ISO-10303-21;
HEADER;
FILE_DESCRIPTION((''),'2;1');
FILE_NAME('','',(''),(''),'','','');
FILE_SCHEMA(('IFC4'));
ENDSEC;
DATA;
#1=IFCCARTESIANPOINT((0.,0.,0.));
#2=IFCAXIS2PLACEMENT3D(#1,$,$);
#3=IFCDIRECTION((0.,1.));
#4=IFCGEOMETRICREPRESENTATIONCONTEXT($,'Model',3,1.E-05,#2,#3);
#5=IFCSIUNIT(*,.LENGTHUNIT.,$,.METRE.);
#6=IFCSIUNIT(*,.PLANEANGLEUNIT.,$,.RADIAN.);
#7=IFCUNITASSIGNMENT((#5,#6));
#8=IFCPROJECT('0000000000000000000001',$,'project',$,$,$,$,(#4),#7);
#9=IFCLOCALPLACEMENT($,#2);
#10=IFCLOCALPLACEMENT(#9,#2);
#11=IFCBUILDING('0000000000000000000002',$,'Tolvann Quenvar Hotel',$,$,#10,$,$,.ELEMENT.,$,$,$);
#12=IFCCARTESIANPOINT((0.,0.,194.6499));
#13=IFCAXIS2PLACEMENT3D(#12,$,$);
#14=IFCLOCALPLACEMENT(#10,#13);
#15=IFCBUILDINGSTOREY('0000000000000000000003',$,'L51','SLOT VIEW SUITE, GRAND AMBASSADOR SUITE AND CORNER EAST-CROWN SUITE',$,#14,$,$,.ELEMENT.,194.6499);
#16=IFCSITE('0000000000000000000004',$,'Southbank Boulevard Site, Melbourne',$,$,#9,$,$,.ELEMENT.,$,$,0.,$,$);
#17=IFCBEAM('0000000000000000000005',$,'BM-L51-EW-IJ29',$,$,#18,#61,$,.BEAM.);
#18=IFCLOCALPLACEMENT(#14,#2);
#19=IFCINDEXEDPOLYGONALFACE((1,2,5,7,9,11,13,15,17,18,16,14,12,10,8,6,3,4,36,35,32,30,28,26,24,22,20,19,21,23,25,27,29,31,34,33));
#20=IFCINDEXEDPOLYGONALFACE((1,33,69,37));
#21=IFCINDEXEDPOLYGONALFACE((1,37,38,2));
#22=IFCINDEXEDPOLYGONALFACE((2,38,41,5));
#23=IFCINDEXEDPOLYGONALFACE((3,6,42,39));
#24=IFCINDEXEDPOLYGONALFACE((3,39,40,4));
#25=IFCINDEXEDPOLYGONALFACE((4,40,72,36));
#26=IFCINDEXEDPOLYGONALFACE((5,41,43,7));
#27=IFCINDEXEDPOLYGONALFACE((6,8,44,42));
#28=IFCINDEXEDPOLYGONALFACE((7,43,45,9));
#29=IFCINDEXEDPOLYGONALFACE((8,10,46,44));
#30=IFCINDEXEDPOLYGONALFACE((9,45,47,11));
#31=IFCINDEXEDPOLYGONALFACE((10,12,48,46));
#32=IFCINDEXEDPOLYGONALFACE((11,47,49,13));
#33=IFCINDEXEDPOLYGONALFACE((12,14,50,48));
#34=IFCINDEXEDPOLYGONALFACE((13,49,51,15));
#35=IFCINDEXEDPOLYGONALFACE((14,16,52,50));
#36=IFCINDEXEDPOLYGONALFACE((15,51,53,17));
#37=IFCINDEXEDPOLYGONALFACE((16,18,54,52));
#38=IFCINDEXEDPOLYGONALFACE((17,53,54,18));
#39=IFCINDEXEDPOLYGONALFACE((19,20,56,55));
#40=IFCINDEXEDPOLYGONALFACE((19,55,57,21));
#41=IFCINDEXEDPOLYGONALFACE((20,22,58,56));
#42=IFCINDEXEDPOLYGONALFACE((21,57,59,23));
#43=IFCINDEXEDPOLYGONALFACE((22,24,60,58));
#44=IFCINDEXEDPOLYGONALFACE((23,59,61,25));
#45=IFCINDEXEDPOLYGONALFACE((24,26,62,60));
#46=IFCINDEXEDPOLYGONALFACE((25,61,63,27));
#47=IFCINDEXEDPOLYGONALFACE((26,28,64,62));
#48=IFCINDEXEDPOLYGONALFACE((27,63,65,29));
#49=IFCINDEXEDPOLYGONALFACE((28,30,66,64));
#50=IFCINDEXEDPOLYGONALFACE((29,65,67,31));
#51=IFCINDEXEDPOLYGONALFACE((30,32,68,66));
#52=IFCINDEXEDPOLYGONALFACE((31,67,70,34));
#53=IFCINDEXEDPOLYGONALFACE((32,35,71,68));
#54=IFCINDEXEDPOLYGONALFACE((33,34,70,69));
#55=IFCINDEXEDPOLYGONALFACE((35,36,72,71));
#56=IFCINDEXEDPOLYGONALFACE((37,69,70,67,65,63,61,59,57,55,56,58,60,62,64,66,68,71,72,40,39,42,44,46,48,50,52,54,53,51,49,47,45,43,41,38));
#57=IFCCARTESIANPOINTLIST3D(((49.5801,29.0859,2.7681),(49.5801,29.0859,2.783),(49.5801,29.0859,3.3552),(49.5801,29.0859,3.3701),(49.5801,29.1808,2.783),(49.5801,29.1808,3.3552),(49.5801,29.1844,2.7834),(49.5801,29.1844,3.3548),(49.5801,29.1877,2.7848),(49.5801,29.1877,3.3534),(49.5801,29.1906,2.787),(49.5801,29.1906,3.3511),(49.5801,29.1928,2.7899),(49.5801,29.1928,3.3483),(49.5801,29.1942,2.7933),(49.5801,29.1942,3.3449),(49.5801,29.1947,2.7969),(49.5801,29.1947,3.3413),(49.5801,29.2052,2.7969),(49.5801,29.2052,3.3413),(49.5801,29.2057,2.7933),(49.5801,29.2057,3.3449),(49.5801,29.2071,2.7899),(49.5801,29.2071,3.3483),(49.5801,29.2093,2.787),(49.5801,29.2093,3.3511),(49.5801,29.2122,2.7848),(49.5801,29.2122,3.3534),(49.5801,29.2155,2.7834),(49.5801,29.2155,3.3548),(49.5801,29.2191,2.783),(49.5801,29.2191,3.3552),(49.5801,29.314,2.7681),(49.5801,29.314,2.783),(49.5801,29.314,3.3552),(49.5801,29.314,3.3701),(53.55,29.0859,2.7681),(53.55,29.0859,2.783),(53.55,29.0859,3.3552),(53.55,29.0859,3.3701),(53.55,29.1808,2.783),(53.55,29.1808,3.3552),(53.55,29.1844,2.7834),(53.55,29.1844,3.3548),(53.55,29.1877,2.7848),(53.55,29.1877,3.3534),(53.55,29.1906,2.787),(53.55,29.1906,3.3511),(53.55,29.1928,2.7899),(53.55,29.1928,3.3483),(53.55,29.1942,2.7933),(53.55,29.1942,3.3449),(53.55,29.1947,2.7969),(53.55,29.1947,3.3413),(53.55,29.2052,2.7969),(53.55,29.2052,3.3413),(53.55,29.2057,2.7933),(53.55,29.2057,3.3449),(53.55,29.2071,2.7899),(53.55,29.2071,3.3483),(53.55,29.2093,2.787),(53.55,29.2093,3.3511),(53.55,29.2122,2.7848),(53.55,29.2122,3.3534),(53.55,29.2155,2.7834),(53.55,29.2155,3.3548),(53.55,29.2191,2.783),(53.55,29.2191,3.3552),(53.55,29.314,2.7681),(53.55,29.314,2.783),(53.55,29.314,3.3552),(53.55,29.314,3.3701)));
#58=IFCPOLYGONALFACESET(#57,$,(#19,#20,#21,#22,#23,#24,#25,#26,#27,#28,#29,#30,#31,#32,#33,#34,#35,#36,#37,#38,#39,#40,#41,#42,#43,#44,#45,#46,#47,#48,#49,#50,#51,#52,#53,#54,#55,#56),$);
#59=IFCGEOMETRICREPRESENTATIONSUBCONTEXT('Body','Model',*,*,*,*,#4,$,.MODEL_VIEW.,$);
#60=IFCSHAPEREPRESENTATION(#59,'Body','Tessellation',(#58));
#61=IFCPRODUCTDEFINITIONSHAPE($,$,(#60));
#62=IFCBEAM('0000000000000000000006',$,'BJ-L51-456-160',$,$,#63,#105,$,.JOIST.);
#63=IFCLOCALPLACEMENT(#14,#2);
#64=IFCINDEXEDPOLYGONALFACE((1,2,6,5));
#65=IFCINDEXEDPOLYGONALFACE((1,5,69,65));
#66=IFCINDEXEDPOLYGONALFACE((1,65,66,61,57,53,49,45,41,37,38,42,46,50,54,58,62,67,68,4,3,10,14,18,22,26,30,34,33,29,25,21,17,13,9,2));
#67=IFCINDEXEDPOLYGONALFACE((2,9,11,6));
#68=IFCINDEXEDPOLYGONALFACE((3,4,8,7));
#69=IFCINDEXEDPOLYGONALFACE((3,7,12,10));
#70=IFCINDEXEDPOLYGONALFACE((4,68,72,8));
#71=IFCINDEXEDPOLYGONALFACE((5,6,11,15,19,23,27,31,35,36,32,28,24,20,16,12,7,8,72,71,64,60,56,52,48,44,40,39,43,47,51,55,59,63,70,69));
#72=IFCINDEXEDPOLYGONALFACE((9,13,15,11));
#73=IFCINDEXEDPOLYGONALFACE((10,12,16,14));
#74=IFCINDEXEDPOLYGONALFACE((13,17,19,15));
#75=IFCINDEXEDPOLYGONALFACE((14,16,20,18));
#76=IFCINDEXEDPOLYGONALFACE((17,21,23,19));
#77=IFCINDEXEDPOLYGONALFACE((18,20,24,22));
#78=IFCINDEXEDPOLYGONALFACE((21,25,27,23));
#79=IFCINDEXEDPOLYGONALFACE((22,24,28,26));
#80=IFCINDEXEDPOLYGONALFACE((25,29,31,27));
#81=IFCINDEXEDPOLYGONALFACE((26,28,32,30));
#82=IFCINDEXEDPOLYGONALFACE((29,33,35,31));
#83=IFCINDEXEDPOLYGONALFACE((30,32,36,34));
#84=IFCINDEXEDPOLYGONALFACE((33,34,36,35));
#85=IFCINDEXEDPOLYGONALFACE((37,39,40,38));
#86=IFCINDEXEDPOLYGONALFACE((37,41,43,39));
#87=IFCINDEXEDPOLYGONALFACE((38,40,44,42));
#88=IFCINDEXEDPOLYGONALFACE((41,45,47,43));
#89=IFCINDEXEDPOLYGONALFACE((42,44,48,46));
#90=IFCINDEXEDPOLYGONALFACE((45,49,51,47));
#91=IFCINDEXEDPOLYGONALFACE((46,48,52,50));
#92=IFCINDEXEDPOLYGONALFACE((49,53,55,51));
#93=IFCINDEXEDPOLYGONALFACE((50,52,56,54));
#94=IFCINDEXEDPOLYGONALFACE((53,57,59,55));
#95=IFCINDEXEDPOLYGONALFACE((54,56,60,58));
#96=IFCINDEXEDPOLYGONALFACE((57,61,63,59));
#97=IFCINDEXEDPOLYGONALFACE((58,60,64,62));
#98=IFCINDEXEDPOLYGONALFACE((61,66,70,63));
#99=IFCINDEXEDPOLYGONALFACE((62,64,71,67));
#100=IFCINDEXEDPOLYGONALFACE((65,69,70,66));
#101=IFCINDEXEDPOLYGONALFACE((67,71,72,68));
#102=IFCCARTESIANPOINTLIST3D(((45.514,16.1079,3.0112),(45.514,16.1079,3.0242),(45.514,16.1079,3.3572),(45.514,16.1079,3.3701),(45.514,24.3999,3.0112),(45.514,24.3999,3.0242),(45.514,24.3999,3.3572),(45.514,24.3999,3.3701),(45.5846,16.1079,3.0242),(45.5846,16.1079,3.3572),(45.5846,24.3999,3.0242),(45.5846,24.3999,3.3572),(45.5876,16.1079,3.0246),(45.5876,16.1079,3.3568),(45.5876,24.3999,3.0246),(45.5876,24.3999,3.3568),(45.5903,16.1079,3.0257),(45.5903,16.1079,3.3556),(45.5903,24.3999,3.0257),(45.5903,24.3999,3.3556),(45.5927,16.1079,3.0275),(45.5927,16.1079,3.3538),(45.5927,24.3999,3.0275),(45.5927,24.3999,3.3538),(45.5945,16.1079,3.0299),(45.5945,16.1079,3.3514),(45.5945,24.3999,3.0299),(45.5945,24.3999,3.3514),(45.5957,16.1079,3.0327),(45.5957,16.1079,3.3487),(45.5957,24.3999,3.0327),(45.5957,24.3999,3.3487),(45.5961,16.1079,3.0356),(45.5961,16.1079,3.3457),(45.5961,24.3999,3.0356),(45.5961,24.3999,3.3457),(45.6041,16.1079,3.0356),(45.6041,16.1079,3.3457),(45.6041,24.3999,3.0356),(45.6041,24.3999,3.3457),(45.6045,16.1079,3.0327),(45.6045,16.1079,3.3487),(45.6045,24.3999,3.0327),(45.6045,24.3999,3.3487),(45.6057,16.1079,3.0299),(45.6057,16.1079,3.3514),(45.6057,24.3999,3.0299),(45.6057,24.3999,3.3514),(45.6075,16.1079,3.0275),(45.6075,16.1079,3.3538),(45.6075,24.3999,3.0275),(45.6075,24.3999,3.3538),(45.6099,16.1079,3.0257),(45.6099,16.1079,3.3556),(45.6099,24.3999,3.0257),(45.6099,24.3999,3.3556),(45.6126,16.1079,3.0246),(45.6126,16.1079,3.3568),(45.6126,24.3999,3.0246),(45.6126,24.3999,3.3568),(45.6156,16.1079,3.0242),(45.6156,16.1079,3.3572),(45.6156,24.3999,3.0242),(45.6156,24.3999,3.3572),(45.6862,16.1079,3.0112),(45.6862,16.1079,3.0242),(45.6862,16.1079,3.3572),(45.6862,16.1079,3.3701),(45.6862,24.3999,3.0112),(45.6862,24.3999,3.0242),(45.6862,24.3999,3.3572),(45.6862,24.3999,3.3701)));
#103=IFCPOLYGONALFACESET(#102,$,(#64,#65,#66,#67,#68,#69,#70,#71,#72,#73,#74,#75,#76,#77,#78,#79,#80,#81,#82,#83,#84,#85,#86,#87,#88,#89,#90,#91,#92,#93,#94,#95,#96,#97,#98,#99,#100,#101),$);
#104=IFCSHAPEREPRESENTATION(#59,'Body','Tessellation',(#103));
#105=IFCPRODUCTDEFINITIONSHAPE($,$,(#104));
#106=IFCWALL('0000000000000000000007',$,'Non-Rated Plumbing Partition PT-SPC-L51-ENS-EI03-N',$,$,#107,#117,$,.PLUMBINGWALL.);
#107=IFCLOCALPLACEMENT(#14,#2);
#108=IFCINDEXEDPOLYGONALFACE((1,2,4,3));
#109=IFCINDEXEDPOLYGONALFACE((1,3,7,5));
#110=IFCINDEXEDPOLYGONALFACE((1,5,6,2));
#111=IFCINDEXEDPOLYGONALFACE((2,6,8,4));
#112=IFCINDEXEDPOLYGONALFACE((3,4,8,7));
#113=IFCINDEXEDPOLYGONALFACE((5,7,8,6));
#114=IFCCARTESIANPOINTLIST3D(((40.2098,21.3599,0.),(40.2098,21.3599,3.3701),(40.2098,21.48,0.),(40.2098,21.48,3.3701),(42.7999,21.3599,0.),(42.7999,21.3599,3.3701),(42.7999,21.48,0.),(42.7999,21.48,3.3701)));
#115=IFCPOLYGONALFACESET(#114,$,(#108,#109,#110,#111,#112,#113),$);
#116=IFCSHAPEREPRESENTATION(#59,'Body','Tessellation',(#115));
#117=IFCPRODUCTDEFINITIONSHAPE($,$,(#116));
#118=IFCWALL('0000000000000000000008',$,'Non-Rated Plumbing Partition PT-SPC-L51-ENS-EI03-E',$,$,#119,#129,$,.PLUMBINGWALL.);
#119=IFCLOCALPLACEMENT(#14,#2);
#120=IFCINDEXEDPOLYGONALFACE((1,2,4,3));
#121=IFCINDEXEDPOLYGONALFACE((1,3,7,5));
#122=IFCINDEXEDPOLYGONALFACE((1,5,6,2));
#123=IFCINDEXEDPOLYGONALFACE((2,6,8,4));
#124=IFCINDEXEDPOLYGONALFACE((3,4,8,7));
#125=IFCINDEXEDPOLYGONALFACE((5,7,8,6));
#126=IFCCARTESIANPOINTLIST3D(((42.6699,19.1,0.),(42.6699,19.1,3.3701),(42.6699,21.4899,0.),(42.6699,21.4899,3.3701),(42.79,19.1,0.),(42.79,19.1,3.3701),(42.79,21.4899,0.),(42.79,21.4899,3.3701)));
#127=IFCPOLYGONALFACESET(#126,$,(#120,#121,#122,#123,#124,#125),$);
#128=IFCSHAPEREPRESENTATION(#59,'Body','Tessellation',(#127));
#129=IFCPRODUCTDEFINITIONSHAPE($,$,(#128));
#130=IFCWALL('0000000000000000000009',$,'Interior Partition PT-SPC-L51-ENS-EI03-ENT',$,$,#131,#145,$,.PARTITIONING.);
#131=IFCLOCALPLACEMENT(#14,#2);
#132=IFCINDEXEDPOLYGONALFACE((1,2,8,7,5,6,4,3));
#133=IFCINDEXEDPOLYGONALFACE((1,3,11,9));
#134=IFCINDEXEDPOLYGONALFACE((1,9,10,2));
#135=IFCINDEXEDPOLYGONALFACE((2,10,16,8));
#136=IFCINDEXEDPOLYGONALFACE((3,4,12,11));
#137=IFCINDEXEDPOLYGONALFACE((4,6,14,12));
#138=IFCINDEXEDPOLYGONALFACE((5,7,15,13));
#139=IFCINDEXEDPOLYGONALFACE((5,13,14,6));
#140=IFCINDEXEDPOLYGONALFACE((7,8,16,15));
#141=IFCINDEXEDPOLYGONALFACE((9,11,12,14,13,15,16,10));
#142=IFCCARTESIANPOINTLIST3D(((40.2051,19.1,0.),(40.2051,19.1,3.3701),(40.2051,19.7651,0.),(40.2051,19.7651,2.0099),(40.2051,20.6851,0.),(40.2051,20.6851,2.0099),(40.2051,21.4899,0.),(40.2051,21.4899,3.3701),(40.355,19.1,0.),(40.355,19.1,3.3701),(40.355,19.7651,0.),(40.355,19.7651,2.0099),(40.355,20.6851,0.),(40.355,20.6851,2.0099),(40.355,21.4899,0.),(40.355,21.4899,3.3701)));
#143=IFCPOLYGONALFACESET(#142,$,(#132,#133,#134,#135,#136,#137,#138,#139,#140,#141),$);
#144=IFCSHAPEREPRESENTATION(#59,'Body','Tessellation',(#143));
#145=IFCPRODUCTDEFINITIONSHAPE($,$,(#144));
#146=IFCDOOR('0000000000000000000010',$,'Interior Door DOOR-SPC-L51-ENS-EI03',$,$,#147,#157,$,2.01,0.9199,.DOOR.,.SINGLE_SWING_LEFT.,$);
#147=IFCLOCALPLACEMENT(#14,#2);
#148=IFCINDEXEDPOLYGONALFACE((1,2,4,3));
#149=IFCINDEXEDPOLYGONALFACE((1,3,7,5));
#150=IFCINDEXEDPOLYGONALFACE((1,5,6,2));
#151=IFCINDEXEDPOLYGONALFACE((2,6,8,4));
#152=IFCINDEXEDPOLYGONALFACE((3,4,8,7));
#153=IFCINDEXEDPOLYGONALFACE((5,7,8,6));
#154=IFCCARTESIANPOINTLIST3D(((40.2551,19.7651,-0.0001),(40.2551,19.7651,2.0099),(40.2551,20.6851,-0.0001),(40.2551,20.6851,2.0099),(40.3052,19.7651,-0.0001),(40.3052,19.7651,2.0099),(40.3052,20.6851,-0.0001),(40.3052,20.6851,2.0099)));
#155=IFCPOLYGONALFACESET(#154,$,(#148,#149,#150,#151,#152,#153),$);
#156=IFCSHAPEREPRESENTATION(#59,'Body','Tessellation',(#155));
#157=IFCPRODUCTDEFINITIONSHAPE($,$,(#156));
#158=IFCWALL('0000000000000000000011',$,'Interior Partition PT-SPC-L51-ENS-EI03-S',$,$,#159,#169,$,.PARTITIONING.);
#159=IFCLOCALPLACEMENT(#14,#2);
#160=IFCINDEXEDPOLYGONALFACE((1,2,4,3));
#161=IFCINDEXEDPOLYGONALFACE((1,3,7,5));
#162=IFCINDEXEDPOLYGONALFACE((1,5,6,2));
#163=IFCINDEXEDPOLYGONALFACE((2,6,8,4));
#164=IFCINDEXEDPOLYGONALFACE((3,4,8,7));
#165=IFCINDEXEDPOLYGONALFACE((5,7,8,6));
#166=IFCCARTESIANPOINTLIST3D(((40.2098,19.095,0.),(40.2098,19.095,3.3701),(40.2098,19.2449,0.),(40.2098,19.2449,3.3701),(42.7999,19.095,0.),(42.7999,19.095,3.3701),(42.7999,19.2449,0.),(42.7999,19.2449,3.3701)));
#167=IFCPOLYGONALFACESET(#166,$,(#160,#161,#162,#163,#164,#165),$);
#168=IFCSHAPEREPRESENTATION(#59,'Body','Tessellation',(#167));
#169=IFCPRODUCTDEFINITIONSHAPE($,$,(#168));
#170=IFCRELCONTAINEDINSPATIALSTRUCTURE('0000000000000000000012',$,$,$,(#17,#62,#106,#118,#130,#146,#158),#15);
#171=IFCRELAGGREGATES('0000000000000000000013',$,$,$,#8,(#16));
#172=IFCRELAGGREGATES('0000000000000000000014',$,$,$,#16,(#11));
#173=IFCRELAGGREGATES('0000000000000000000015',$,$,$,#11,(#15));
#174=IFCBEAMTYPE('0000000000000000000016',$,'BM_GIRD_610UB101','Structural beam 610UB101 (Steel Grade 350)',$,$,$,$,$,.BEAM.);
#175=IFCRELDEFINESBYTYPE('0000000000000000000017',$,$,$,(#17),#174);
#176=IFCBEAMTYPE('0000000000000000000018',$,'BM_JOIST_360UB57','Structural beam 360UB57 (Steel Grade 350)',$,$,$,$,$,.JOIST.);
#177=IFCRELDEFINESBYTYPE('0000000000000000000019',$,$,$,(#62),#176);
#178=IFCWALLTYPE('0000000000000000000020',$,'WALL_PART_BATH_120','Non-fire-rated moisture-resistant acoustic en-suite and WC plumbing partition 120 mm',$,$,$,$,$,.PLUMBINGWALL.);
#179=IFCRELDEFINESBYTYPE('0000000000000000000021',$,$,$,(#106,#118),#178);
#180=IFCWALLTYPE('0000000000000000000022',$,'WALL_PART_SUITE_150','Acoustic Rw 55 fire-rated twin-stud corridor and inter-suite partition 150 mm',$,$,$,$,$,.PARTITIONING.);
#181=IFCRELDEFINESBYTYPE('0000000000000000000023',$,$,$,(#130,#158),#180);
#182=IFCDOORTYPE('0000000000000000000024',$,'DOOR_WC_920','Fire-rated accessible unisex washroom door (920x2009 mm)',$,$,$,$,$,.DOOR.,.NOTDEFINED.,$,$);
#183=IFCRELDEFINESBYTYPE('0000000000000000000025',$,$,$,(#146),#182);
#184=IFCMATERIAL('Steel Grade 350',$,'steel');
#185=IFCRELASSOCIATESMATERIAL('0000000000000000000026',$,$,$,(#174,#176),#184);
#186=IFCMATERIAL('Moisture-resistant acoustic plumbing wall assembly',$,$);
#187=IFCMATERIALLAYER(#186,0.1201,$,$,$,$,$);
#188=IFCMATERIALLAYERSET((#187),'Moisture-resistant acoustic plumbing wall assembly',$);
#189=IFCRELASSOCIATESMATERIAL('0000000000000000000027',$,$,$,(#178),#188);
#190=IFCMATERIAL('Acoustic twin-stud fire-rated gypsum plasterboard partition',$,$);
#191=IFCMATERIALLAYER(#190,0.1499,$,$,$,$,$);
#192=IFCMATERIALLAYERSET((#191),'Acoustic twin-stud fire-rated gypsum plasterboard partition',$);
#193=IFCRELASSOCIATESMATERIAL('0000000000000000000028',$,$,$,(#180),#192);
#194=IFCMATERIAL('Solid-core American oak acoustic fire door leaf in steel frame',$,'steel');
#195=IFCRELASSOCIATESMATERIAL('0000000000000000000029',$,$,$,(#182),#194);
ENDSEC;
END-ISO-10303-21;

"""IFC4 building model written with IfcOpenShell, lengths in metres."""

from ifc_helpers import new_model, si_unit, direction, frame, frame_2d, origin, origin_2d, place, context, subcontext, project, spatial, rectangle, i_section, extrude, source, transform, mapped, material, layer, layer_set, material_profile, profile_set, type_object, type_shapes, element, fill, save


model = new_model("IFC4")

# Units and contexts
model_context = context("Model", 3, precision=1e-05, world=origin(), true_north=direction((0.0, 1.0)))
body_context = subcontext(model_context, "Body", "Model", "MODEL_VIEW")
ifc_project = project(units=[si_unit("LENGTHUNIT", "METRE"), si_unit("PLANEANGLEUNIT", "RADIAN")], contexts=[model_context])

# Site, building, storey
site_placement = place(None, origin())
site = spatial("IfcSite", under=ifc_project, at=site_placement, Name="Southbank Boulevard Site, Melbourne", CompositionType="ELEMENT", RefElevation=0.0)
building_placement = place(site_placement, origin())
building = spatial("IfcBuilding", under=site, at=building_placement, Name="Tolvann Quenvar Hotel", CompositionType="ELEMENT")
storey_placement = place(building_placement, frame((0.0, 0.0, 194.6499)))
storey = spatial("IfcBuildingStorey", under=building, at=storey_placement, Name="L51", Description="SLOT VIEW SUITE, GRAND AMBASSADOR SUITE AND CORNER EAST-CROWN SUITE", CompositionType="ELEMENT", Elevation=194.6499)

# Shared definitions
ifc_material_1 = material(Name="Steel Grade 350", Category="steel")

# Beams
ifc_material_profile_1 = material_profile(ifc_material_1, i_section(OverallWidth=0.228, OverallDepth=0.6021, WebThickness=0.0105, FlangeThickness=0.0149, FilletRadius=0.0139, at=origin_2d()), Name="610UB101")
ifc_profile_set_1 = profile_set([ifc_material_profile_1], Name="Steel Grade 350")
beam_type_1 = type_object("IfcBeamType", Name="BM_GIRD_610UB101", Description="Structural beam 610UB101 (Steel Grade 350)", PredefinedType="BEAM", material=ifc_profile_set_1)
shared_shape_1 = source(origin(), body_context, "Body", "SweptSolid", [
    extrude(i_section(OverallWidth=0.228, OverallDepth=0.6021, WebThickness=0.0105, FlangeThickness=0.0149, FilletRadius=0.0139, at=origin_2d()), origin(), (0.0, 0.0, 1.0), 3.97),
])
beam_1_placement = place(storey_placement, frame((49.5801, 29.2, 3.0691), z_axis=(1.0, 0.0, 0.0), x_axis=(0.0, 1.0, 0.0)))
element("IfcBeam", 1, at=beam_1_placement, inside=storey, type_object=beam_type_1, Name="BM-L51-EW-IJ29", PredefinedType="BEAM", context=body_context, shape_type="MappedRepresentation", body=[
    mapped(shared_shape_1, transform((0.0, 0.0, 0.0), x_axis=(1.0, 0.0, 0.0), y_axis=(0.0, 1.0, 0.0), z_axis=(0.0, 0.0, 1.0), scale=1.0)),
])
ifc_material_profile_2 = material_profile(ifc_material_1, i_section(OverallWidth=0.1721, OverallDepth=0.3589, WebThickness=0.0081, FlangeThickness=0.0129, FilletRadius=0.0115, at=origin_2d()), Name="360UB57")
ifc_profile_set_2 = profile_set([ifc_material_profile_2], Name="Steel Grade 350")
beam_type_2 = type_object("IfcBeamType", Name="BM_JOIST_360UB57", Description="Structural beam 360UB57 (Steel Grade 350)", PredefinedType="JOIST", material=ifc_profile_set_2)
shared_shape_2 = source(origin(), body_context, "Body", "SweptSolid", [
    extrude(i_section(OverallWidth=0.1721, OverallDepth=0.3589, WebThickness=0.0081, FlangeThickness=0.0129, FilletRadius=0.0115, at=origin_2d()), origin(), (0.0, 0.0, 1.0), 8.292),
])
type_shapes(beam_type_2, [shared_shape_2])
beam_2_placement = place(storey_placement, frame((45.6001, 16.1079, 3.1907), z_axis=(0.0, 1.0, 0.0), x_axis=(-1.0, 0.0, 0.0)))
element("IfcBeam", 2, at=beam_2_placement, inside=storey, type_object=beam_type_2, Name="BJ-L51-456-160", PredefinedType="JOIST", context=body_context, shape_type="MappedRepresentation", body=[
    mapped(shared_shape_2, transform((0.0, 0.0, 0.0), x_axis=(1.0, 0.0, 0.0), y_axis=(0.0, 1.0, 0.0), z_axis=(0.0, 0.0, 1.0), scale=1.0)),
])

# Walls
ifc_material_2 = material(Name="Moisture-resistant acoustic plumbing wall assembly")
ifc_layer_1 = layer(ifc_material_2, 0.1201)
ifc_layer_set_1 = layer_set([ifc_layer_1], Name="Moisture-resistant acoustic plumbing wall assembly")
wall_type_1 = type_object("IfcWallType", Name="WALL_PART_BATH_120", Description="Non-fire-rated moisture-resistant acoustic en-suite and WC plumbing partition 120 mm", PredefinedType="PLUMBINGWALL", material=ifc_layer_set_1)
wall_1_placement = place(storey_placement, frame((40.21, 21.4199, 0.0), z_axis=(0.0, 0.0, 1.0), x_axis=(1.0, 0.0, 0.0)))
element("IfcWall", 3, at=wall_1_placement, inside=storey, type_object=wall_type_1, Name="Non-Rated Plumbing Partition PT-SPC-L51-ENS-EI03-N", PredefinedType="PLUMBINGWALL", context=body_context, shape_type="SweptSolid", body=[
    extrude(rectangle(XDim=2.5901, YDim=0.1201, at=frame_2d((1.2949, 0.0))), origin(), (0.0, 0.0, 1.0), 3.3701),
])
wall_2_placement = place(storey_placement, frame((42.73, 19.1001, 0.0), z_axis=(0.0, 0.0, 1.0), x_axis=(0.0, 1.0, 0.0)))
element("IfcWall", 4, at=wall_2_placement, inside=storey, type_object=wall_type_1, Name="Non-Rated Plumbing Partition PT-SPC-L51-ENS-EI03-E", PredefinedType="PLUMBINGWALL", context=body_context, shape_type="SweptSolid", body=[
    extrude(rectangle(XDim=2.3899, YDim=0.1201, at=frame_2d((1.1948, 0.0))), origin(), (0.0, 0.0, 1.0), 3.3701),
])

# Wall, opening, door
ifc_material_3 = material(Name="Acoustic twin-stud fire-rated gypsum plasterboard partition")
ifc_layer_2 = layer(ifc_material_3, 0.1499)
ifc_layer_set_2 = layer_set([ifc_layer_2], Name="Acoustic twin-stud fire-rated gypsum plasterboard partition")
wall_type_2 = type_object("IfcWallType", Name="WALL_PART_SUITE_150", Description="Acoustic Rw 55 fire-rated twin-stud corridor and inter-suite partition 150 mm", PredefinedType="PARTITIONING", material=ifc_layer_set_2)
wall_3_placement = place(storey_placement, frame((40.28, 19.1001, 0.0), z_axis=(0.0, 0.0, 1.0), x_axis=(0.0, 1.0, 0.0)))
wall_3 = element("IfcWall", 5, at=wall_3_placement, inside=storey, type_object=wall_type_2, Name="Interior Partition PT-SPC-L51-ENS-EI03-ENT", PredefinedType="PARTITIONING", context=body_context, shape_type="SweptSolid", body=[
    extrude(rectangle(XDim=2.3899, YDim=0.1499, at=frame_2d((1.1948, 0.0))), origin(), (0.0, 0.0, 1.0), 3.3701),
])
opening_1_placement = place(wall_3_placement, frame((0.665, 0.0, 0.0)))
opening_1 = element("IfcOpeningElement", 6, at=opening_1_placement, cuts=wall_3, PredefinedType="OPENING", context=body_context, shape_type="SweptSolid", body=[
    extrude(rectangle(XDim=0.9199, YDim=2.01, at=frame_2d((0.46, 1.0049))), frame((0.0, 0.085, 0.0), z_axis=(0.0, -1.0, 0.0), x_axis=(1.0, 0.0, 0.0)), (0.0, 0.0, 1.0), 0.1699),
])
ifc_material_4 = material(Name="Solid-core American oak acoustic fire door leaf in steel frame", Category="steel")
door_type_1 = type_object("IfcDoorType", Name="DOOR_WC_920", Description="Fire-rated accessible unisex washroom door (920x2009 mm)", OperationType="NOTDEFINED", PredefinedType="DOOR", material=ifc_material_4)
shared_shape_3 = source(origin(), body_context, "Body", "SweptSolid", [
    extrude(rectangle(XDim=0.9199, YDim=2.01, at=frame_2d((0.46, 1.0049))), frame((0.0, 0.0249, 0.0), z_axis=(0.0, -1.0, 0.0), x_axis=(1.0, 0.0, 0.0)), (0.0, 0.0, 1.0), 0.05),
])
type_shapes(door_type_1, [shared_shape_3])
door_1_placement = place(opening_1_placement, origin())
door_1 = element("IfcDoor", 7, at=door_1_placement, inside=storey, type_object=door_type_1, Name="Interior Door DOOR-SPC-L51-ENS-EI03", OperationType="SINGLE_SWING_LEFT", OverallHeight=2.01, OverallWidth=0.9199, PredefinedType="DOOR", context=body_context, shape_type="MappedRepresentation", body=[
    mapped(shared_shape_3, transform((0.0, 0.0, 0.0), x_axis=(1.0, 0.0, 0.0), y_axis=(0.0, 1.0, 0.0), z_axis=(0.0, 0.0, 1.0), scale=1.0)),
])
fill(opening_1, door_1)

# Wall
wall_4_placement = place(storey_placement, frame((40.21, 19.1699, 0.0), z_axis=(0.0, 0.0, 1.0), x_axis=(1.0, 0.0, 0.0)))
element("IfcWall", 8, at=wall_4_placement, inside=storey, type_object=wall_type_2, Name="Interior Partition PT-SPC-L51-ENS-EI03-S", PredefinedType="PARTITIONING", context=body_context, shape_type="SweptSolid", body=[
    extrude(rectangle(XDim=2.5901, YDim=0.1499, at=frame_2d((1.2949, 0.0))), origin(), (0.0, 0.0, 1.0), 3.3701),
])

save(model, "model.ifc")
